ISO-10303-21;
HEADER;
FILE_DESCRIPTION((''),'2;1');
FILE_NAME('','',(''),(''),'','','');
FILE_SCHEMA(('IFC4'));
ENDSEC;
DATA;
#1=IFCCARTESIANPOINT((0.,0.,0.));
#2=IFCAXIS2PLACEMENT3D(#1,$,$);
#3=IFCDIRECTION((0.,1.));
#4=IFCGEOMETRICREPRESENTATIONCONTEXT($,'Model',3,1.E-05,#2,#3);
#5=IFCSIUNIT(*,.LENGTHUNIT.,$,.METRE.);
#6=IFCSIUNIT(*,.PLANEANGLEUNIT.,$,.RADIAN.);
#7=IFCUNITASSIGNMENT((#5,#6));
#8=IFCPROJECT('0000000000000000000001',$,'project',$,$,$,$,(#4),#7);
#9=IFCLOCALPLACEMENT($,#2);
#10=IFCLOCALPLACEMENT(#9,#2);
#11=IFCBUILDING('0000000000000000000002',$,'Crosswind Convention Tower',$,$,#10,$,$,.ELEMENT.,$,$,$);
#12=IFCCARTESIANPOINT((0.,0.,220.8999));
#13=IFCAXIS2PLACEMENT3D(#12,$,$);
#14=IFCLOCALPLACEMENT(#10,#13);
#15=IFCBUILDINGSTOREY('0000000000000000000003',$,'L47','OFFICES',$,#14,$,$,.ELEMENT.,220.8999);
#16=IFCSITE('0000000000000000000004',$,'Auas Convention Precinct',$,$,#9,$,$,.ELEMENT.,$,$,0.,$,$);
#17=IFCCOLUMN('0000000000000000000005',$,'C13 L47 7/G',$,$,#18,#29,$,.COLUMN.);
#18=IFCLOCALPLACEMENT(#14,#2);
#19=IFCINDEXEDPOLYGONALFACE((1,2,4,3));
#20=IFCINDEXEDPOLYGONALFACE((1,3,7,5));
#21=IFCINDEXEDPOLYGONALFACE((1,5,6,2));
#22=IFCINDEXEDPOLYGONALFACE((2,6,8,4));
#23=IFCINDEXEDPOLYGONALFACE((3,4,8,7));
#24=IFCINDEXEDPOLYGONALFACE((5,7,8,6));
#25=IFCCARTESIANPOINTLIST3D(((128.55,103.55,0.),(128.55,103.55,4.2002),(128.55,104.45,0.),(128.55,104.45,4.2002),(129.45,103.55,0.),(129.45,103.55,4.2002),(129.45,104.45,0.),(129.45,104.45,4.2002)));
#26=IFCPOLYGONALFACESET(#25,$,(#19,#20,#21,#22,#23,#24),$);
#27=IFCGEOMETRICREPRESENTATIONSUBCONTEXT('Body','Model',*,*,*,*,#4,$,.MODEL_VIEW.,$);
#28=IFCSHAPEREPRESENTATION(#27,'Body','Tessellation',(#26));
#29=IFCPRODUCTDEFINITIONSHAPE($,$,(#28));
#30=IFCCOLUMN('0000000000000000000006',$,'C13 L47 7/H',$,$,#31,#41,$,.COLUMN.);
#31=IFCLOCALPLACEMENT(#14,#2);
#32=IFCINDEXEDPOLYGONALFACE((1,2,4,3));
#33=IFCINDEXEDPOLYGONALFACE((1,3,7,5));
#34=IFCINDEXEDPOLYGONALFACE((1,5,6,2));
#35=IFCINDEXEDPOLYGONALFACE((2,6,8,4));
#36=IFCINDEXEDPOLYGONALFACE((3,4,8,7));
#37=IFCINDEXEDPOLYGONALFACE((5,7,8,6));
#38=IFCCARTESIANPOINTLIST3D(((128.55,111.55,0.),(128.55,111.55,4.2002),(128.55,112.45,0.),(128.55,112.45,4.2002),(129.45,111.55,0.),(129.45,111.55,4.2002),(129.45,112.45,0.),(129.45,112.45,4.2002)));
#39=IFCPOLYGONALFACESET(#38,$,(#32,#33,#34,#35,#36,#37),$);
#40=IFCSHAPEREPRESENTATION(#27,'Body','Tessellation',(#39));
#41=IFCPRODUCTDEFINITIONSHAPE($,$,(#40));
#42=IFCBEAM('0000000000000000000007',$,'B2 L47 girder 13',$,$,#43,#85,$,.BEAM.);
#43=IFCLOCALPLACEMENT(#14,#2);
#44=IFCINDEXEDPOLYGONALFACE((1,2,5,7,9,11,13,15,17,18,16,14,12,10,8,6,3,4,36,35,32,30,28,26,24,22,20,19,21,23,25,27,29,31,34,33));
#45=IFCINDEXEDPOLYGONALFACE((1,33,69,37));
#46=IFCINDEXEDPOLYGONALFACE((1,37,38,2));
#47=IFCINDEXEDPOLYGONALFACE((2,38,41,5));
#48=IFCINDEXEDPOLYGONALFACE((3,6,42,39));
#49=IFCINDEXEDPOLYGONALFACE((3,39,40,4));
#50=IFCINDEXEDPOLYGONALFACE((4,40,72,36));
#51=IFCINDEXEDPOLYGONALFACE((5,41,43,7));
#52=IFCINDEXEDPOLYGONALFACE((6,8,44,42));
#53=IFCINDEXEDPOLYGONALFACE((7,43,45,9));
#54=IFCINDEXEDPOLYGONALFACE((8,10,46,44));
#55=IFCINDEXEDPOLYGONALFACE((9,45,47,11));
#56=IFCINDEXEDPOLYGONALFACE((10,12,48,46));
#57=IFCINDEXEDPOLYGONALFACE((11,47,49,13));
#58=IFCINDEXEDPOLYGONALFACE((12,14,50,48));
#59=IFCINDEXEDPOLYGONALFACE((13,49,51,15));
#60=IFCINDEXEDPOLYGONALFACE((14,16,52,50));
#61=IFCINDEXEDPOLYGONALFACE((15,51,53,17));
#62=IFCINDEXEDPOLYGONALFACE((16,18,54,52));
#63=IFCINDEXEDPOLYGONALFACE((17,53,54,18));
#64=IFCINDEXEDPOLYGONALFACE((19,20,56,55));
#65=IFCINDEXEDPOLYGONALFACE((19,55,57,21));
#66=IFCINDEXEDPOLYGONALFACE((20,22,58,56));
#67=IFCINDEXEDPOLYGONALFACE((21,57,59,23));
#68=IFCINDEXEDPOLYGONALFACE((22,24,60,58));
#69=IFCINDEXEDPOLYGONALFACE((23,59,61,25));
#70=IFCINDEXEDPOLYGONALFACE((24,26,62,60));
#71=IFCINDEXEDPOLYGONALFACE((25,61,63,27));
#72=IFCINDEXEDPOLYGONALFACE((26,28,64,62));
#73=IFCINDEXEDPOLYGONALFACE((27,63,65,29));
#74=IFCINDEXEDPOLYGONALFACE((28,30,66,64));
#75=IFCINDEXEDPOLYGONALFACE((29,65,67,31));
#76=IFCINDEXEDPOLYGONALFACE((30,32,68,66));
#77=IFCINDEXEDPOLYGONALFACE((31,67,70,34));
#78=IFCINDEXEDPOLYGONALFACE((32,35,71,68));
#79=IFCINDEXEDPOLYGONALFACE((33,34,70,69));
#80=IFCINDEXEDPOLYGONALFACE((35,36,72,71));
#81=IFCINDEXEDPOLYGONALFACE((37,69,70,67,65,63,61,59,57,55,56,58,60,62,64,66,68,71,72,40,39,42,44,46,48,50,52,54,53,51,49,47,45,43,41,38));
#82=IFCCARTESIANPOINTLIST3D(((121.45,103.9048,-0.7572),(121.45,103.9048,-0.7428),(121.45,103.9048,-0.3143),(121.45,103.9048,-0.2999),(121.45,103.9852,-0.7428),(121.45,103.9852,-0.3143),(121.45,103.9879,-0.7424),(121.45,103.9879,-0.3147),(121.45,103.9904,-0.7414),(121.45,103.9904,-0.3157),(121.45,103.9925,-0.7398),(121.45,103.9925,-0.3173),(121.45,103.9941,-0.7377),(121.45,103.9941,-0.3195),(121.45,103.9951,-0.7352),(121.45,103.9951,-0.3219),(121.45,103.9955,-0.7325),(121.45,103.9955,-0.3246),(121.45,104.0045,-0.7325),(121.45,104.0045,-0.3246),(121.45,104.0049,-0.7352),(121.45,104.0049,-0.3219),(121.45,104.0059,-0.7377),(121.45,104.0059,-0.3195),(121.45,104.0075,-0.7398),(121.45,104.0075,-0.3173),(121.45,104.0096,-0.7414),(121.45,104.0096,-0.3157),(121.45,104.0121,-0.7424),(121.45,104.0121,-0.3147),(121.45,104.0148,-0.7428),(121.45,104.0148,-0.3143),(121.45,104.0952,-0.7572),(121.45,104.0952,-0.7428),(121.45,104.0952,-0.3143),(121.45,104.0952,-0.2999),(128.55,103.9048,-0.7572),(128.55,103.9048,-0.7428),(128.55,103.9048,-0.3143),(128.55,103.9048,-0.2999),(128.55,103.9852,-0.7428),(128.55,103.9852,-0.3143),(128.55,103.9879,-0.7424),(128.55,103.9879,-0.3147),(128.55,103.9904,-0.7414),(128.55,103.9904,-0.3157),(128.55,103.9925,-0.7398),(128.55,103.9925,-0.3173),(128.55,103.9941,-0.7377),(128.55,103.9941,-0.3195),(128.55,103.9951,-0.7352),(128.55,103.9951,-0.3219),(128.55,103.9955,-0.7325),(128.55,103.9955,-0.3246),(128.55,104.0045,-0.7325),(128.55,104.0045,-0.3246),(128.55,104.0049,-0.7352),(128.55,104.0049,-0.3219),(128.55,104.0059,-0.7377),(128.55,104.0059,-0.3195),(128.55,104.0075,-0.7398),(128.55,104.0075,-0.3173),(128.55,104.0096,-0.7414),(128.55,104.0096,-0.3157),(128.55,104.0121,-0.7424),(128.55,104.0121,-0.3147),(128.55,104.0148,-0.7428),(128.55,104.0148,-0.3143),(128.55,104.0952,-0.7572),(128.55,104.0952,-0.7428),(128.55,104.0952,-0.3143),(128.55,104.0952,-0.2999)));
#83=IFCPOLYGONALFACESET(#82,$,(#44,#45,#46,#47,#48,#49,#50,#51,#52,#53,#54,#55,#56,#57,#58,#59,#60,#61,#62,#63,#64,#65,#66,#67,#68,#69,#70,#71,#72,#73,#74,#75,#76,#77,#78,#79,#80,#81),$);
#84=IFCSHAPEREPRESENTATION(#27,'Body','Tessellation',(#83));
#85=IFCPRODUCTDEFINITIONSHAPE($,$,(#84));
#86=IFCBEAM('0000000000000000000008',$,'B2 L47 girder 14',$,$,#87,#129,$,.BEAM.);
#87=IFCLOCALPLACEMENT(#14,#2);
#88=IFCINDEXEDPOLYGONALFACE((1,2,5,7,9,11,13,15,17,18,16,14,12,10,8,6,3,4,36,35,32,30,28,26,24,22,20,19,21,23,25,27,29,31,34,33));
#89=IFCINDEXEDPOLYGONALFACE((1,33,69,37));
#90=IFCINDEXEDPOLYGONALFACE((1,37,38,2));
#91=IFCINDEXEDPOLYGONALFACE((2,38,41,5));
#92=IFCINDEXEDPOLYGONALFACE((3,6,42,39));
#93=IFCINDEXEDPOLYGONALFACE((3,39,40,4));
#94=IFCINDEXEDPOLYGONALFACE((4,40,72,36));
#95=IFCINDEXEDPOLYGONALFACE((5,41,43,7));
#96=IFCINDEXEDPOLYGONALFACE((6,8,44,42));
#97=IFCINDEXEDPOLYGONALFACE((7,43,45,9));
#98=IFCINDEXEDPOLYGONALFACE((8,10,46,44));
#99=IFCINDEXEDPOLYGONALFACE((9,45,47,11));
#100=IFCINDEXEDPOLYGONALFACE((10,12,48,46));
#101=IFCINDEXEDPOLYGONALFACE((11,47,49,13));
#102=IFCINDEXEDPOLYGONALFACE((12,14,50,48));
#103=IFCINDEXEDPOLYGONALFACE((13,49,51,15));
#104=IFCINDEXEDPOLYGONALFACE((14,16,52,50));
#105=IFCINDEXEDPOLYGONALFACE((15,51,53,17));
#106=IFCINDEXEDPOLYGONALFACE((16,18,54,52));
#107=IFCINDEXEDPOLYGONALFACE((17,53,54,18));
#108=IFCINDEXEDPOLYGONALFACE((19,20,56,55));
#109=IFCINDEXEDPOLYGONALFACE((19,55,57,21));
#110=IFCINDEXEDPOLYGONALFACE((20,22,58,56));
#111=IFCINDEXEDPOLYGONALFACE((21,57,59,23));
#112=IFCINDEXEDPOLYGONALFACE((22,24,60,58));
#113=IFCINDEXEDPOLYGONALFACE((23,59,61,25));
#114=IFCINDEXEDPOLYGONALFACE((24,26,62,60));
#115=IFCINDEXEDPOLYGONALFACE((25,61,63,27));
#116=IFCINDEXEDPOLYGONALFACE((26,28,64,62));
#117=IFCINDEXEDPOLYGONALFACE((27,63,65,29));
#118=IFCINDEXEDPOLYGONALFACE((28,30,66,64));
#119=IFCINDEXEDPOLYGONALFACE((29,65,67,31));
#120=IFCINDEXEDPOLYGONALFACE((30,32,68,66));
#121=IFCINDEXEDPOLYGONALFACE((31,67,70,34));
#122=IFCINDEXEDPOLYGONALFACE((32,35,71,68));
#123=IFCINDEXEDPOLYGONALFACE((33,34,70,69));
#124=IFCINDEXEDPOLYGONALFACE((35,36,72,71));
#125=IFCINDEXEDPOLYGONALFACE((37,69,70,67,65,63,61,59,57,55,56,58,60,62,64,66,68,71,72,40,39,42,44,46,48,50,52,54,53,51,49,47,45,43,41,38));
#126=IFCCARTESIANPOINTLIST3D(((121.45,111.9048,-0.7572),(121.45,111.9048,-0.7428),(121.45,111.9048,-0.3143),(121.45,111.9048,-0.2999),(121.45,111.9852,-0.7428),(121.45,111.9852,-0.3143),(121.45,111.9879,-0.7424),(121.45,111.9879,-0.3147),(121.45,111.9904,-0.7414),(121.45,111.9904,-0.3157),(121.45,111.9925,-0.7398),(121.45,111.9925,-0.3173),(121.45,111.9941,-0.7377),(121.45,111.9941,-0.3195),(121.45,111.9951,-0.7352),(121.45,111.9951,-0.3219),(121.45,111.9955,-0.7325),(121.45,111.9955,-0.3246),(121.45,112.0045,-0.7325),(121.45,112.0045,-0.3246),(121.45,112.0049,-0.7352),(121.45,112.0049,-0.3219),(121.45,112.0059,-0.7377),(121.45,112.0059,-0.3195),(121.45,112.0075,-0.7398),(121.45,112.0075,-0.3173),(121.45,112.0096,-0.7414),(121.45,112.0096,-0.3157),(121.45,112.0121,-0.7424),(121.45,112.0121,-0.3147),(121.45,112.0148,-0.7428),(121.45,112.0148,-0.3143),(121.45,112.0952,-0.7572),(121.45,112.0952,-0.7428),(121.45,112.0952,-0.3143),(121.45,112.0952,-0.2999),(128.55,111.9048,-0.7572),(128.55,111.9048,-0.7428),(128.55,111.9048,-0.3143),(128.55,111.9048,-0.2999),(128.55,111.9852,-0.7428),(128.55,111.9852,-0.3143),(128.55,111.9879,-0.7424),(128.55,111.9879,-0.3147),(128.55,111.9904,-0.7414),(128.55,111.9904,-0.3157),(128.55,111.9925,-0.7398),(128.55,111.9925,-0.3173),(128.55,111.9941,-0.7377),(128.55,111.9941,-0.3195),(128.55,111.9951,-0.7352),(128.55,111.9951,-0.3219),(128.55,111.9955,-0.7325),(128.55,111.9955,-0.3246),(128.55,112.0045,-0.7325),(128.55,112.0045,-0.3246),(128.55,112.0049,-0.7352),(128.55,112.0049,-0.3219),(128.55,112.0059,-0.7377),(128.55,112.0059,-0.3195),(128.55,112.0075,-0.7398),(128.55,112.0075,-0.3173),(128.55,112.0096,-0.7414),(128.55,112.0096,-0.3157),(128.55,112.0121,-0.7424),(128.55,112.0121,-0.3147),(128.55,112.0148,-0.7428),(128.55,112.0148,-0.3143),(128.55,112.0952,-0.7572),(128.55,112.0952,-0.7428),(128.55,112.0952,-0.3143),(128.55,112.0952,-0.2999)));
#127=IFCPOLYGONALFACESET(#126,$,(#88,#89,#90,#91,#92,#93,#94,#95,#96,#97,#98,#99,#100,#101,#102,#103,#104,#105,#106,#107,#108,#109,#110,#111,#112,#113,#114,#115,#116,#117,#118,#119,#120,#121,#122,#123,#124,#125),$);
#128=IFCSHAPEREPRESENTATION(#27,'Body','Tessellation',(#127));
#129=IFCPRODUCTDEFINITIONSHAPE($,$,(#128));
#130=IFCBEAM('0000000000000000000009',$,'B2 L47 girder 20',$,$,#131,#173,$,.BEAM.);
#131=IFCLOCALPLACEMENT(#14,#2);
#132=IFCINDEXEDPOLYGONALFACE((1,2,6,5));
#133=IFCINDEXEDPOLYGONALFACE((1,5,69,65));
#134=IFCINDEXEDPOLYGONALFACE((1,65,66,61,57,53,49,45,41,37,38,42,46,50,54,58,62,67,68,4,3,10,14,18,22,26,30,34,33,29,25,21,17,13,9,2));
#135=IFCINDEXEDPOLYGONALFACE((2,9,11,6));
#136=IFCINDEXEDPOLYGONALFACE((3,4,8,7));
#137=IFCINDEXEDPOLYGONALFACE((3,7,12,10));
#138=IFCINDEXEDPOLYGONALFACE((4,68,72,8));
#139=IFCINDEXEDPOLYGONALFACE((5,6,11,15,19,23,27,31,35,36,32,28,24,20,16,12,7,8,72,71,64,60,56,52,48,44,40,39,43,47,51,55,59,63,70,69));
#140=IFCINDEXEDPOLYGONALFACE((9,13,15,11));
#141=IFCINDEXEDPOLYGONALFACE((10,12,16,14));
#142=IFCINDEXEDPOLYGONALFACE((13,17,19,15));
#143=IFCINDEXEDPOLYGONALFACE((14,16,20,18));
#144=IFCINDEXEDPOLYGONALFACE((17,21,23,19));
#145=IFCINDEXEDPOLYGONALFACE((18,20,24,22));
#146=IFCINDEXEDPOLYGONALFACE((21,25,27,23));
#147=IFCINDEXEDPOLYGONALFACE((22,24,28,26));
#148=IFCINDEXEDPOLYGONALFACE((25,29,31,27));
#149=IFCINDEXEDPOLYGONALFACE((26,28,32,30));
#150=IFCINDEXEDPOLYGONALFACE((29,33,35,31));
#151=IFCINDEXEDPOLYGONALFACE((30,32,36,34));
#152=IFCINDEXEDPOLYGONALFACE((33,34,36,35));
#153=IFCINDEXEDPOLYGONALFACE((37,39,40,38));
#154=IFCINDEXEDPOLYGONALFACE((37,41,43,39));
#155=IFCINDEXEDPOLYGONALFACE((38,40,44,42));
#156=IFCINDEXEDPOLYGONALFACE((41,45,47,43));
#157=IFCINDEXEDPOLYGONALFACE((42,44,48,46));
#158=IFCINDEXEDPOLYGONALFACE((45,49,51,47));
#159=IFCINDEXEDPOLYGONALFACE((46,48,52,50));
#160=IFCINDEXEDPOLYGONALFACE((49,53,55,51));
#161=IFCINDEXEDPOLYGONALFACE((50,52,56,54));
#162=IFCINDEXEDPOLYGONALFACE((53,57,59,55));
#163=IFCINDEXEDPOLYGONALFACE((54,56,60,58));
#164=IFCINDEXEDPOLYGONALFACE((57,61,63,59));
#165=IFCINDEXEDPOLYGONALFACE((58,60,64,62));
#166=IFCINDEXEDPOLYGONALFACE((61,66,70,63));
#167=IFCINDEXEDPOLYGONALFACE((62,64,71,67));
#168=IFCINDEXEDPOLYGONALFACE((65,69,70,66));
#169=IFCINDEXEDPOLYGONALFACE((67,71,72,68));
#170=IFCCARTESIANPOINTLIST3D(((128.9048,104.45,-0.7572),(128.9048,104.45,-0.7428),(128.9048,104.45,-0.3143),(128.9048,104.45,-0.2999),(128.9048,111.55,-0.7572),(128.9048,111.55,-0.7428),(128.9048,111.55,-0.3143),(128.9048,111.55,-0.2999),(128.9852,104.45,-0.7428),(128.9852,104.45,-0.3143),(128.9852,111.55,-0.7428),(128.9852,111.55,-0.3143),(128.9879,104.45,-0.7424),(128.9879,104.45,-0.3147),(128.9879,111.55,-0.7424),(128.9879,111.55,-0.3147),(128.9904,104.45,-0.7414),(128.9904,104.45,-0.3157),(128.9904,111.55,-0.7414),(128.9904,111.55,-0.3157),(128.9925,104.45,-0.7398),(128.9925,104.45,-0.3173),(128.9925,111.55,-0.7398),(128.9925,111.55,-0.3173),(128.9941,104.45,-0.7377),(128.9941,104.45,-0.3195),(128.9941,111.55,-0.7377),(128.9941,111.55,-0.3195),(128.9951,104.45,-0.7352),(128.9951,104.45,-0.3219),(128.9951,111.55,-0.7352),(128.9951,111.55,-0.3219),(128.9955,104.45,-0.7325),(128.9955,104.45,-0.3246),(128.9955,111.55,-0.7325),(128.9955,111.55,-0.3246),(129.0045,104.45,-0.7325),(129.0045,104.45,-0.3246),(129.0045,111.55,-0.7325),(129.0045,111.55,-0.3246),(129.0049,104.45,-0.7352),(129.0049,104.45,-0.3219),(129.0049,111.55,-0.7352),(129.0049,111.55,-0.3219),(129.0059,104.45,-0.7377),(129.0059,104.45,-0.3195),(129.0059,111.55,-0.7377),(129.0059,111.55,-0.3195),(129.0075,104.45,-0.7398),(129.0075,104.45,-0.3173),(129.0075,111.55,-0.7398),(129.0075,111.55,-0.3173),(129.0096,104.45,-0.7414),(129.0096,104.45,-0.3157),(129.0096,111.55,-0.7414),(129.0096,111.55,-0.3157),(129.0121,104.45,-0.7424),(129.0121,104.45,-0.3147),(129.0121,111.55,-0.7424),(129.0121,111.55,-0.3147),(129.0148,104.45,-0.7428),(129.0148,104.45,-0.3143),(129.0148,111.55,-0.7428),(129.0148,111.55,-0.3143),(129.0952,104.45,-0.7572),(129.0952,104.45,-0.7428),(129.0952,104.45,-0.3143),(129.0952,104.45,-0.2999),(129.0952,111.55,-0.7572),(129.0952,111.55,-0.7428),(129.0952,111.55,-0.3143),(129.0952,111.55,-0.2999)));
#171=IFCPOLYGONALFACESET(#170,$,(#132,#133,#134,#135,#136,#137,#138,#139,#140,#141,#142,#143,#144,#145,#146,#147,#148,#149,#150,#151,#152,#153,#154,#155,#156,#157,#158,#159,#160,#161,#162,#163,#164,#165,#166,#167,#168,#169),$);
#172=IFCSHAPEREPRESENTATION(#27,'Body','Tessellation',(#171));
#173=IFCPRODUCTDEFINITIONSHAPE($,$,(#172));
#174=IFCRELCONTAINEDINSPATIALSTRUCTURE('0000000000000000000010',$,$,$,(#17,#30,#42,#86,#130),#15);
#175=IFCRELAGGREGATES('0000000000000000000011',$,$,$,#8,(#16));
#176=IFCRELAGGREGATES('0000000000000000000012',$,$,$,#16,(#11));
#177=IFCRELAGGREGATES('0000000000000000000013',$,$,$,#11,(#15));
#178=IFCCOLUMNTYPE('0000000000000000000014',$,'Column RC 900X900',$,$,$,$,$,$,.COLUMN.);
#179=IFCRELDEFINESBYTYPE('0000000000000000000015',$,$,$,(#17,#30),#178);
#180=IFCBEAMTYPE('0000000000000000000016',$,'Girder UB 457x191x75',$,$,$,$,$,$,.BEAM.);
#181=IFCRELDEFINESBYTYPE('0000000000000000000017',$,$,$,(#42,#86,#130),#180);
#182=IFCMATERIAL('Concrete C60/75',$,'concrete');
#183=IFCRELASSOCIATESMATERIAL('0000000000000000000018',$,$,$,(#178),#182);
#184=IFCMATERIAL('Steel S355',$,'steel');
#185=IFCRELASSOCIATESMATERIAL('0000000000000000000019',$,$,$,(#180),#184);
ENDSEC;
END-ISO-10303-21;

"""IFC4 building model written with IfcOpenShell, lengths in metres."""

from ifc_helpers import new_model, si_unit, direction, frame, origin, origin_2d, place, context, subcontext, project, spatial, rectangle, i_section, extrude, material, material_profile, profile_set, type_object, element, save


model = new_model("IFC4")

# Units and contexts
model_context = context("Model", 3, precision=1e-05, world=origin(), true_north=direction((0.0, 1.0)))
body_context = subcontext(model_context, "Body", "Model", "MODEL_VIEW")
ifc_project = project(units=[si_unit("LENGTHUNIT", "METRE"), si_unit("PLANEANGLEUNIT", "RADIAN")], contexts=[model_context])

# Site, building, storey
site_placement = place(None, origin())
site = spatial("IfcSite", under=ifc_project, at=site_placement, Name="Auas Convention Precinct", CompositionType="ELEMENT", RefElevation=0.0)
building_placement = place(site_placement, origin())
building = spatial("IfcBuilding", under=site, at=building_placement, Name="Crosswind Convention Tower", CompositionType="ELEMENT")
storey_placement = place(building_placement, frame((0.0, 0.0, 220.8999)))
storey = spatial("IfcBuildingStorey", under=building, at=storey_placement, Name="L47", Description="OFFICES", CompositionType="ELEMENT", Elevation=220.8999)

# Columns
ifc_material_1 = material(Name="Concrete C60/75", Category="concrete")
ifc_material_profile_1 = material_profile(ifc_material_1, rectangle(XDim=0.8999, YDim=0.8999, at=origin_2d()), Name="RC 900X900")
ifc_profile_set_1 = profile_set([ifc_material_profile_1], Name="Concrete C60/75")
column_type = type_object("IfcColumnType", Name="Column RC 900X900", PredefinedType="COLUMN", material=ifc_profile_set_1)
for number, where, z_axis, x_axis, name in (
    (1, (129.0, 104.0, 0.0), (0.0, 0.0, 1.0), (1.0, 0.0, 0.0), "C13 L47 7/G"),
    (2, (129.0, 112.0, 0.0), (0.0, 0.0, 1.0), (1.0, 0.0, 0.0), "C13 L47 7/H"),
):
    element("IfcColumn", number, at=place(storey_placement, frame(where, z_axis=z_axis, x_axis=x_axis)), inside=storey, type_object=column_type, Name=name, PredefinedType="COLUMN", context=body_context, shape_type="SweptSolid", body=[
        extrude(rectangle(XDim=0.8999, YDim=0.8999, at=origin_2d()), origin(), (0.0, 0.0, 1.0), 4.2002),
    ])

# Beams
ifc_material_2 = material(Name="Steel S355", Category="steel")
ifc_material_profile_2 = material_profile(ifc_material_2, i_section(OverallWidth=0.1904, OverallDepth=0.4573, WebThickness=0.009, FlangeThickness=0.0144, FilletRadius=0.0103, at=origin_2d()), Name="UB 457x191x75")
ifc_profile_set_2 = profile_set([ifc_material_profile_2], Name="Steel S355")
beam_type_1 = type_object("IfcBeamType", Name="Girder UB 457x191x75", PredefinedType="BEAM", material=ifc_profile_set_2)
for number, where, z_axis, x_axis, name in (
    (3, (121.45, 104.0, -0.5286), (1.0, 0.0, 0.0), (0.0, 1.0, 0.0), "B2 L47 girder 13"),
    (4, (121.45, 112.0, -0.5286), (1.0, 0.0, 0.0), (0.0, 1.0, 0.0), "B2 L47 girder 14"),
    (5, (129.0, 104.45, -0.5286), (0.0, 1.0, 0.0), (-1.0, 0.0, 0.0), "B2 L47 girder 20"),
):
    element("IfcBeam", number, at=place(storey_placement, frame(where, z_axis=z_axis, x_axis=x_axis)), inside=storey, type_object=beam_type_1, Name=name, PredefinedType="BEAM", context=body_context, shape_type="SweptSolid", body=[
        extrude(i_section(OverallWidth=0.1904, OverallDepth=0.4573, WebThickness=0.009, FlangeThickness=0.0144, FilletRadius=0.0103, at=origin_2d()), origin(), (0.0, 0.0, 1.0), 7.1001),
    ])

save(model, "model.ifc")
